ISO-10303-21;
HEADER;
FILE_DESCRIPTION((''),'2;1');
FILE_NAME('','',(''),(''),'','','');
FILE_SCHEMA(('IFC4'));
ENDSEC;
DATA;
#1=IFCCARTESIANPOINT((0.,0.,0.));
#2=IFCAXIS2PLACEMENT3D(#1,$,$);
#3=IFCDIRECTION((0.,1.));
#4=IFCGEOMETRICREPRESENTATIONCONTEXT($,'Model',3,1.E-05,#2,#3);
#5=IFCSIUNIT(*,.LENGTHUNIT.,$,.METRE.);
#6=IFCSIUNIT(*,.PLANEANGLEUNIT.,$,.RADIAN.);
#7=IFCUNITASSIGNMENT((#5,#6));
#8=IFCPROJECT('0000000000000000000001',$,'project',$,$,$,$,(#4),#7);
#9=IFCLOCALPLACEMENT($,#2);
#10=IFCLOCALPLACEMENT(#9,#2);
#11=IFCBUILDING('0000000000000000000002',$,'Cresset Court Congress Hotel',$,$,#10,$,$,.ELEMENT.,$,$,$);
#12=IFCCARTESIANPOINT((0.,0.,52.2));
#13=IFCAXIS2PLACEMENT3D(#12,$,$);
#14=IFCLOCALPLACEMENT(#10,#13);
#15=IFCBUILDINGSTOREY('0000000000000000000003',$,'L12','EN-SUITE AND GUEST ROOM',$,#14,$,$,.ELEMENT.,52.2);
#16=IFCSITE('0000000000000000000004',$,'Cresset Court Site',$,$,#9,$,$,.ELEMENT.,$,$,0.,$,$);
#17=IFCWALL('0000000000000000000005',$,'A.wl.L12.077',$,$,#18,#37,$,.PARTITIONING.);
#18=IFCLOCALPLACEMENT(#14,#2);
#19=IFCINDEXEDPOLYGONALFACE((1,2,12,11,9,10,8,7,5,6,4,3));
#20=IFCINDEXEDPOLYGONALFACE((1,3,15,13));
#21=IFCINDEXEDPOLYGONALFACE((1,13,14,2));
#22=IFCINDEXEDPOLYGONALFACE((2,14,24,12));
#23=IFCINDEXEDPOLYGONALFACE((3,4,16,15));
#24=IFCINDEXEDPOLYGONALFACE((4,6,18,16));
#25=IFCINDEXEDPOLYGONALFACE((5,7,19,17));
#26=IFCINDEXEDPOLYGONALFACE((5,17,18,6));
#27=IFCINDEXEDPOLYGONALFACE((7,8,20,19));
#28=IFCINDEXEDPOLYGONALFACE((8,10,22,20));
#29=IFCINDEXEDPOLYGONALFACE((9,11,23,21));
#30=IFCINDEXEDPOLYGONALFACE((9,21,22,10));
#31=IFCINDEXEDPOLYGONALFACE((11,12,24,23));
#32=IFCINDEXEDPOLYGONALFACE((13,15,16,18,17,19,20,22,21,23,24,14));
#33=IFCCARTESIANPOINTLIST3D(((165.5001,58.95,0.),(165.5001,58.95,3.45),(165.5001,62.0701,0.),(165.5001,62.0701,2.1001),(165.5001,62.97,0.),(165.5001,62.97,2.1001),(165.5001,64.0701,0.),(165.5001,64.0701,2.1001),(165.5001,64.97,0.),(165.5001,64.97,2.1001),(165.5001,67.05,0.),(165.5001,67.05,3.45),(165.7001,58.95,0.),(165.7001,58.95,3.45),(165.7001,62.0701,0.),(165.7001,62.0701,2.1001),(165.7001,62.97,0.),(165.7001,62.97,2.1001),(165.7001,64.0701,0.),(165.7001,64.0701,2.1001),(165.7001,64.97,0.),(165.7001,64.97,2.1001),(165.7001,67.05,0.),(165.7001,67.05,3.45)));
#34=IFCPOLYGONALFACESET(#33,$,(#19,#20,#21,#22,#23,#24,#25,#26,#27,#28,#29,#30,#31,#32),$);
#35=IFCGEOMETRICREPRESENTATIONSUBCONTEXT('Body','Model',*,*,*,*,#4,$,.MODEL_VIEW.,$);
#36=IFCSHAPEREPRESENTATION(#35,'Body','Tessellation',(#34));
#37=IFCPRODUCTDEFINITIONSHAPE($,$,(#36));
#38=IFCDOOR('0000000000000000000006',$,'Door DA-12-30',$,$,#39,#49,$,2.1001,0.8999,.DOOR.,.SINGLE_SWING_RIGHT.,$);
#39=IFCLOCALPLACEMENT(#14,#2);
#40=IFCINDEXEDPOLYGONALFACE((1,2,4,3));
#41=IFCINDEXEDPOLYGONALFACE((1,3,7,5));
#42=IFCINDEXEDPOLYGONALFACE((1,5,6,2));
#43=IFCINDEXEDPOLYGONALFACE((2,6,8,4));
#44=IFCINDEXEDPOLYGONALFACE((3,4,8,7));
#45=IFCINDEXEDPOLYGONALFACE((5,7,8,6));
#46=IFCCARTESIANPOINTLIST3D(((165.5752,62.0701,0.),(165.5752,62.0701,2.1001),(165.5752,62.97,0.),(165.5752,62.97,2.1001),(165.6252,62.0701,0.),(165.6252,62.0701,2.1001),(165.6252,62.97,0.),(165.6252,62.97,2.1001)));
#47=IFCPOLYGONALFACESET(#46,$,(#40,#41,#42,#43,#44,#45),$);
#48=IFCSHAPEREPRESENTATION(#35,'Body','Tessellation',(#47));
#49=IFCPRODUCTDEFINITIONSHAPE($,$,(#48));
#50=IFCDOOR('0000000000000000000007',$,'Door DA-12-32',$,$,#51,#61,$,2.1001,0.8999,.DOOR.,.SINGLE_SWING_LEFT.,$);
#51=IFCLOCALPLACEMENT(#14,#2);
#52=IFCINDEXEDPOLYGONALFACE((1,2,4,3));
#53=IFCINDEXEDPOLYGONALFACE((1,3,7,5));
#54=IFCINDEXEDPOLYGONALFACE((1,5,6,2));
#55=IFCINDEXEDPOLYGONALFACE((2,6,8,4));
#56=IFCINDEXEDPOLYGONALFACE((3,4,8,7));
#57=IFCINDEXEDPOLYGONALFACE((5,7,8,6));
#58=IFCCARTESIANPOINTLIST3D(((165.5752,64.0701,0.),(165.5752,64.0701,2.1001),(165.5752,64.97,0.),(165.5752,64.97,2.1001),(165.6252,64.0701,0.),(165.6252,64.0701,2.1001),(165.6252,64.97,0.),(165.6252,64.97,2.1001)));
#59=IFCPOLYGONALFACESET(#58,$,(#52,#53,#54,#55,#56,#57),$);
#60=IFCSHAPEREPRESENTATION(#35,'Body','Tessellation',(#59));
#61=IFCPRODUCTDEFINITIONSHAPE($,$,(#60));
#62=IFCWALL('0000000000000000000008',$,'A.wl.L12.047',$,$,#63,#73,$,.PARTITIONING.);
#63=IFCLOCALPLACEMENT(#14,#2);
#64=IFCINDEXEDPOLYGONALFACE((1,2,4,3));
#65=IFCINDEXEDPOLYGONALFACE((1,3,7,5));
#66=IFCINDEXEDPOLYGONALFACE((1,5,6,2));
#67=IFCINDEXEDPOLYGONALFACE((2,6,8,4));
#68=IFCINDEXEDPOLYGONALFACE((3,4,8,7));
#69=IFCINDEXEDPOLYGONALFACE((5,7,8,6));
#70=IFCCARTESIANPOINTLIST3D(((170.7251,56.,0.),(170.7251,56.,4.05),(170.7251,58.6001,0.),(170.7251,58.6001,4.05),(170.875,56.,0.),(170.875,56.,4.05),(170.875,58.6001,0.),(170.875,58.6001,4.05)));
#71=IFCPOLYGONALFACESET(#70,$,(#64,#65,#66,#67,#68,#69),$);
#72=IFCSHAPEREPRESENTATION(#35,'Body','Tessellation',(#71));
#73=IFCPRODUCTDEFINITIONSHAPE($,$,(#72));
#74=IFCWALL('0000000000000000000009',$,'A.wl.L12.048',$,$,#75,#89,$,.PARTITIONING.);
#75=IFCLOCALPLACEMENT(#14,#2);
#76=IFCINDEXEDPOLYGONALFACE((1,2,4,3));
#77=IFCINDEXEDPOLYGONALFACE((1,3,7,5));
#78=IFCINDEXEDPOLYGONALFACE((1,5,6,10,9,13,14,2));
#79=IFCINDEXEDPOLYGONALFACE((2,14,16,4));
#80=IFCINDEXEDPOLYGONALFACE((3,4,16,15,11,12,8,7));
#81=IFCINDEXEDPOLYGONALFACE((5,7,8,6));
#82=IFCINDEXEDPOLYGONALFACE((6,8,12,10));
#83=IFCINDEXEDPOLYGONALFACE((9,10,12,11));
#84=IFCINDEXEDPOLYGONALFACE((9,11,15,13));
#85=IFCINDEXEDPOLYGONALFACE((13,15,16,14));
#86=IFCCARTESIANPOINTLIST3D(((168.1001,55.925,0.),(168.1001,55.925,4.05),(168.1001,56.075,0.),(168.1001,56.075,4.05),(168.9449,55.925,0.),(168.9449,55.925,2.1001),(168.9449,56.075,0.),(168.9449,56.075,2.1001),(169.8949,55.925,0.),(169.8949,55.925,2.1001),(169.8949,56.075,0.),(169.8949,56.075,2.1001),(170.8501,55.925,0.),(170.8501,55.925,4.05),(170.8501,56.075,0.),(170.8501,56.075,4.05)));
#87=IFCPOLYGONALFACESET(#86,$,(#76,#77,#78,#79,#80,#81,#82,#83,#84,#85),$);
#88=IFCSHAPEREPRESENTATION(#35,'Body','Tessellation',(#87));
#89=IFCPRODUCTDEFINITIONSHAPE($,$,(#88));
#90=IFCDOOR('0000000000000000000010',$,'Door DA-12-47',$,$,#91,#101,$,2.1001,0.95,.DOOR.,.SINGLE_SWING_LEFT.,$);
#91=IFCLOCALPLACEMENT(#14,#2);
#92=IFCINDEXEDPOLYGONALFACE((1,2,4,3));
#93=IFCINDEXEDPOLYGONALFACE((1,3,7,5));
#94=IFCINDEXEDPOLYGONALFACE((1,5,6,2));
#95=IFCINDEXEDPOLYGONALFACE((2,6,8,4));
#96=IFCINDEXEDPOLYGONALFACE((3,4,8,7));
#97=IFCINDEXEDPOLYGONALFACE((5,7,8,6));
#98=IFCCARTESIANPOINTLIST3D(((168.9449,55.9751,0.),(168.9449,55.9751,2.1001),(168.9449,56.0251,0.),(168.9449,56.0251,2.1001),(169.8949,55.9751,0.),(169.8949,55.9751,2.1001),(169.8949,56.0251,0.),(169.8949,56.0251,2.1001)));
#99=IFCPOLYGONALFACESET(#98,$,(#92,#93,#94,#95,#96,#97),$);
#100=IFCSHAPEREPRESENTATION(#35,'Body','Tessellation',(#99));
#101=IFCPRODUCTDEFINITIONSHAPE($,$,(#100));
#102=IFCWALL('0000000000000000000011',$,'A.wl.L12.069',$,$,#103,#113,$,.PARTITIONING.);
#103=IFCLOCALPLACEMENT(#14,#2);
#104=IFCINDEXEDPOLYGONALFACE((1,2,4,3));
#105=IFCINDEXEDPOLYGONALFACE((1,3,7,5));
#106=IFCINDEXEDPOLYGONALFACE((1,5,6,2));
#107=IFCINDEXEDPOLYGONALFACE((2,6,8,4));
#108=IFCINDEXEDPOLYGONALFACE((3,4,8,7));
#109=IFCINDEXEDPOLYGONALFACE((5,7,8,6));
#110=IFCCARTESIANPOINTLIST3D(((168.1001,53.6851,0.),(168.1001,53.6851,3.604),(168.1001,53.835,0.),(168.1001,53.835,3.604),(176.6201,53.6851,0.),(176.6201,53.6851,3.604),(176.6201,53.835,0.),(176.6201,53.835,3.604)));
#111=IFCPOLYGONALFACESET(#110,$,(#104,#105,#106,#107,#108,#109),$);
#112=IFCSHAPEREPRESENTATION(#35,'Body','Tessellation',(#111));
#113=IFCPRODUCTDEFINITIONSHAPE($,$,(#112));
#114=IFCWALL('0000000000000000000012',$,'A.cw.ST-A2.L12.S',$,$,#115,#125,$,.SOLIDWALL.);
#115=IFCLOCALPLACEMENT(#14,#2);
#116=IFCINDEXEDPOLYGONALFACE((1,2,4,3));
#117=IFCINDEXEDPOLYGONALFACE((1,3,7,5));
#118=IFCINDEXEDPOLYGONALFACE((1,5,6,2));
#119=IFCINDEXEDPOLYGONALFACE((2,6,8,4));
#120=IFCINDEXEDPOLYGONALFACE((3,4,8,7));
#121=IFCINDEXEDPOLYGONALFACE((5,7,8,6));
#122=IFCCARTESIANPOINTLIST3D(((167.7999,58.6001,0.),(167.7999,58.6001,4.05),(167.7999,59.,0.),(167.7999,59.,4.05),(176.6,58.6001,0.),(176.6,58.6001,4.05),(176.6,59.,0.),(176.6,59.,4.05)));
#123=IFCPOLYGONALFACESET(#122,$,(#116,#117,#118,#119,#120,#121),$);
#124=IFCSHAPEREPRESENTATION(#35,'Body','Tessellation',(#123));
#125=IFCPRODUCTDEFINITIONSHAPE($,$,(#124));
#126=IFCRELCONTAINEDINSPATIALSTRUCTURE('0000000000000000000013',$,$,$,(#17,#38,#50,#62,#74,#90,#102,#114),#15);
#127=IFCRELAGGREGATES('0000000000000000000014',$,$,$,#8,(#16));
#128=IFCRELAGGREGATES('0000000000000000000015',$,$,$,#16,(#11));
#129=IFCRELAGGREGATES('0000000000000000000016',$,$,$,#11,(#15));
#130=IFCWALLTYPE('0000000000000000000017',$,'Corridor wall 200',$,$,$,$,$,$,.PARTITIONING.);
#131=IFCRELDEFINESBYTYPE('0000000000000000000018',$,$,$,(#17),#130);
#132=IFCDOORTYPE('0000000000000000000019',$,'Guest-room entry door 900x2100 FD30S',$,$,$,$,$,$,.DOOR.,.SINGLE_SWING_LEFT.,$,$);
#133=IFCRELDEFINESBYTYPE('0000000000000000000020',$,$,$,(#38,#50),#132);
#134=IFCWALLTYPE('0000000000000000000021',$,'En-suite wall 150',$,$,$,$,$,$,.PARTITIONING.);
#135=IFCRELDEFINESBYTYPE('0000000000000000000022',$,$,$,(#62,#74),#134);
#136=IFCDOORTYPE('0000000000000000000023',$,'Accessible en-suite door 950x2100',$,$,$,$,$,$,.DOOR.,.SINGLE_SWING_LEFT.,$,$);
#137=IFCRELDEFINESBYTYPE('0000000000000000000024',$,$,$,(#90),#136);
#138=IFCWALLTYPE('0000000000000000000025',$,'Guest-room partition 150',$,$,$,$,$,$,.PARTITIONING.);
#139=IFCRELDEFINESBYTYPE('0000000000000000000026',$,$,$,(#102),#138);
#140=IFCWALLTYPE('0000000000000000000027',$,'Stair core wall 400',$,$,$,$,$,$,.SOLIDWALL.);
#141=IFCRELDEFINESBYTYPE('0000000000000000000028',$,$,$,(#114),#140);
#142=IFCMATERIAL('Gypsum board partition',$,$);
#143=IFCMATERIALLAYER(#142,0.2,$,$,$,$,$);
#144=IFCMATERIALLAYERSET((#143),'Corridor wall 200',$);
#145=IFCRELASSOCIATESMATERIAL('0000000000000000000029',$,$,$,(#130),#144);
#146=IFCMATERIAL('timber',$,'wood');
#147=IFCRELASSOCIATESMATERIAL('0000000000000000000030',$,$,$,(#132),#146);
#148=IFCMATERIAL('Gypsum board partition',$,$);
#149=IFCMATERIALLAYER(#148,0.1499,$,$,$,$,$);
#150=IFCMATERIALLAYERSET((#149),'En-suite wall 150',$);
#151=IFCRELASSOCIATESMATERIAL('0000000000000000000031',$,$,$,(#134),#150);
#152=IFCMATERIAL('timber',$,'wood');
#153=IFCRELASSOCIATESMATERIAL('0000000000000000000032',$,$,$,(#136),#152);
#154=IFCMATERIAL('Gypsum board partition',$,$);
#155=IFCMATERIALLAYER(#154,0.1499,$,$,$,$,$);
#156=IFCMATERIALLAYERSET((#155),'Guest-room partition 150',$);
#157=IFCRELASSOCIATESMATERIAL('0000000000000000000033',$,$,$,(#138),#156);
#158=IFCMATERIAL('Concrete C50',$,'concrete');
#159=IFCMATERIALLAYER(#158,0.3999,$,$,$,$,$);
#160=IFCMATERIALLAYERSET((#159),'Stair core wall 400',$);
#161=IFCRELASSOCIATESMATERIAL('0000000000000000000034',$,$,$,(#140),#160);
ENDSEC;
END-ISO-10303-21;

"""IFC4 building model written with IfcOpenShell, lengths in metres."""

from ifc_helpers import new_model, si_unit, direction, frame, frame_2d, origin, place, context, subcontext, project, spatial, rectangle, extrude, material, layer, layer_set, type_object, element, fill, save


model = new_model("IFC4")

# Units and contexts
model_context = context("Model", 3, precision=1e-05, world=origin(), true_north=direction((0.0, 1.0)))
body_context = subcontext(model_context, "Body", "Model", "MODEL_VIEW")
ifc_project = project(units=[si_unit("LENGTHUNIT", "METRE"), si_unit("PLANEANGLEUNIT", "RADIAN")], contexts=[model_context])

# Site, building, storey
site_placement = place(None, origin())
site = spatial("IfcSite", under=ifc_project, at=site_placement, Name="Cresset Court Site", CompositionType="ELEMENT", RefElevation=0.0)
building_placement = place(site_placement, origin())
building = spatial("IfcBuilding", under=site, at=building_placement, Name="Cresset Court Congress Hotel", CompositionType="ELEMENT")
storey_placement = place(building_placement, frame((0.0, 0.0, 52.2)))
storey = spatial("IfcBuildingStorey", under=building, at=storey_placement, Name="L12", Description="EN-SUITE AND GUEST ROOM", CompositionType="ELEMENT", Elevation=52.2)

# Wall, openings, doors
ifc_material_1 = material(Name="Gypsum board partition")
ifc_layer_1 = layer(ifc_material_1, 0.2)
ifc_layer_set_1 = layer_set([ifc_layer_1], Name="Corridor wall 200")
wall_type_1 = type_object("IfcWallType", Name="Corridor wall 200", PredefinedType="PARTITIONING", material=ifc_layer_set_1)
wall_1_placement = place(storey_placement, frame((165.6001, 58.95, 0.0), z_axis=(0.0, 0.0, 1.0), x_axis=(0.0, 1.0, 0.0)))
wall_1 = element("IfcWall", 1, at=wall_1_placement, inside=storey, type_object=wall_type_1, Name="A.wl.L12.077", PredefinedType="PARTITIONING", context=body_context, shape_type="SweptSolid", body=[
    extrude(rectangle(XDim=8.1001, YDim=0.2, at=frame_2d((4.05, 0.0))), origin(), (0.0, 0.0, 1.0), 3.45),
])
opening_1_placement = place(wall_1_placement, frame((3.1201, 0.0, 0.0)))
opening_1 = element("IfcOpeningElement", 2, at=opening_1_placement, cuts=wall_1, PredefinedType="OPENING", context=body_context, shape_type="SweptSolid", body=[
    extrude(rectangle(XDim=0.8999, YDim=2.1001, at=frame_2d((0.45, 1.05))), frame((0.0, 0.1099, 0.0), z_axis=(0.0, -1.0, 0.0), x_axis=(1.0, 0.0, 0.0)), (0.0, 0.0, 1.0), 0.22),
])
opening_2_placement = place(wall_1_placement, frame((5.1201, 0.0, 0.0)))
opening_2 = element("IfcOpeningElement", 3, at=opening_2_placement, cuts=wall_1, PredefinedType="OPENING", context=body_context, shape_type="SweptSolid", body=[
    extrude(rectangle(XDim=0.8999, YDim=2.1001, at=frame_2d((0.45, 1.05))), frame((0.0, 0.1099, 0.0), z_axis=(0.0, -1.0, 0.0), x_axis=(1.0, 0.0, 0.0)), (0.0, 0.0, 1.0), 0.22),
])
ifc_material_2 = material(Name="timber", Category="wood")
door_type_1 = type_object("IfcDoorType", Name="Guest-room entry door 900x2100 FD30S", OperationType="SINGLE_SWING_LEFT", PredefinedType="DOOR", material=ifc_material_2)
door_1_placement = place(opening_1_placement, origin())
door_1 = element("IfcDoor", 4, at=door_1_placement, inside=storey, type_object=door_type_1, Name="Door DA-12-30", OperationType="SINGLE_SWING_RIGHT", OverallHeight=2.1001, OverallWidth=0.8999, PredefinedType="DOOR", context=body_context, shape_type="SweptSolid", body=[
    extrude(rectangle(XDim=0.8999, YDim=2.1001, at=frame_2d((0.45, 1.05))), frame((0.0, 0.0249, 0.0), z_axis=(0.0, -1.0, 0.0), x_axis=(1.0, 0.0, 0.0)), (0.0, 0.0, 1.0), 0.05),
])
fill(opening_1, door_1)
door_2_placement = place(opening_2_placement, origin())
door_2 = element("IfcDoor", 5, at=door_2_placement, inside=storey, type_object=door_type_1, Name="Door DA-12-32", OperationType="SINGLE_SWING_LEFT", OverallHeight=2.1001, OverallWidth=0.8999, PredefinedType="DOOR", context=body_context, shape_type="SweptSolid", body=[
    extrude(rectangle(XDim=0.8999, YDim=2.1001, at=frame_2d((0.45, 1.05))), frame((0.0, 0.0249, 0.0), z_axis=(0.0, -1.0, 0.0), x_axis=(1.0, 0.0, 0.0)), (0.0, 0.0, 1.0), 0.05),
])
fill(opening_2, door_2)

# Wall
ifc_material_3 = material(Name="Gypsum board partition")
ifc_layer_2 = layer(ifc_material_3, 0.1499)
ifc_layer_set_2 = layer_set([ifc_layer_2], Name="En-suite wall 150")
wall_type_2 = type_object("IfcWallType", Name="En-suite wall 150", PredefinedType="PARTITIONING", material=ifc_layer_set_2)
wall_2_placement = place(storey_placement, frame((170.8, 56.0, 0.0), z_axis=(0.0, 0.0, 1.0), x_axis=(0.0, 1.0, 0.0)))
element("IfcWall", 6, at=wall_2_placement, inside=storey, type_object=wall_type_2, Name="A.wl.L12.047", PredefinedType="PARTITIONING", context=body_context, shape_type="SweptSolid", body=[
    extrude(rectangle(XDim=2.6001, YDim=0.1499, at=frame_2d((1.3, 0.0))), origin(), (0.0, 0.0, 1.0), 4.05),
])

# Wall, opening, door
wall_3_placement = place(storey_placement, frame((170.8501, 56.0, 0.0), z_axis=(0.0, 0.0, 1.0), x_axis=(-1.0, 0.0, 0.0)))
wall_3 = element("IfcWall", 7, at=wall_3_placement, inside=storey, type_object=wall_type_2, Name="A.wl.L12.048", PredefinedType="PARTITIONING", context=body_context, shape_type="SweptSolid", body=[
    extrude(rectangle(XDim=2.75, YDim=0.1499, at=frame_2d((1.375, 0.0))), origin(), (0.0, 0.0, 1.0), 4.05),
])
opening_3_placement = place(wall_3_placement, frame((0.9551, 0.0, 0.0)))
opening_3 = element("IfcOpeningElement", 8, at=opening_3_placement, cuts=wall_3, PredefinedType="OPENING", context=body_context, shape_type="SweptSolid", body=[
    extrude(rectangle(XDim=0.95, YDim=2.1001, at=frame_2d((0.4751, 1.05))), frame((0.0, 0.085, 0.0), z_axis=(0.0, -1.0, 0.0), x_axis=(1.0, 0.0, 0.0)), (0.0, 0.0, 1.0), 0.1699),
])
ifc_material_4 = material(Name="timber", Category="wood")
door_type_2 = type_object("IfcDoorType", Name="Accessible en-suite door 950x2100", OperationType="SINGLE_SWING_LEFT", PredefinedType="DOOR", material=ifc_material_4)
door_3_placement = place(opening_3_placement, origin())
door_3 = element("IfcDoor", 9, at=door_3_placement, inside=storey, type_object=door_type_2, Name="Door DA-12-47", OperationType="SINGLE_SWING_LEFT", OverallHeight=2.1001, OverallWidth=0.95, PredefinedType="DOOR", context=body_context, shape_type="SweptSolid", body=[
    extrude(rectangle(XDim=0.95, YDim=2.1001, at=frame_2d((0.4751, 1.05))), frame((0.0, 0.0249, 0.0), z_axis=(0.0, -1.0, 0.0), x_axis=(1.0, 0.0, 0.0)), (0.0, 0.0, 1.0), 0.05),
])
fill(opening_3, door_3)

# Walls
ifc_material_5 = material(Name="Gypsum board partition")
ifc_layer_3 = layer(ifc_material_5, 0.1499)
ifc_layer_set_3 = layer_set([ifc_layer_3], Name="Guest-room partition 150")
wall_type_3 = type_object("IfcWallType", Name="Guest-room partition 150", PredefinedType="PARTITIONING", material=ifc_layer_set_3)
wall_4_placement = place(storey_placement, frame((168.1001, 53.76, 0.0), z_axis=(0.0, 0.0, 1.0), x_axis=(1.0, 0.0, 0.0)))
element("IfcWall", 10, at=wall_4_placement, inside=storey, type_object=wall_type_3, Name="A.wl.L12.069", PredefinedType="PARTITIONING", context=body_context, shape_type="SweptSolid", body=[
    extrude(rectangle(XDim=8.52, YDim=0.1499, at=frame_2d((4.26, 0.0))), origin(), (0.0, 0.0, 1.0), 3.604),
])
ifc_material_6 = material(Name="Concrete C50", Category="concrete")
ifc_layer_4 = layer(ifc_material_6, 0.3999)
ifc_layer_set_4 = layer_set([ifc_layer_4], Name="Stair core wall 400")
wall_type_4 = type_object("IfcWallType", Name="Stair core wall 400", PredefinedType="SOLIDWALL", material=ifc_layer_set_4)
wall_5_placement = place(storey_placement, frame((167.8, 58.8, 0.0), z_axis=(0.0, 0.0, 1.0), x_axis=(1.0, 0.0, 0.0)))
element("IfcWall", 11, at=wall_5_placement, inside=storey, type_object=wall_type_4, Name="A.cw.ST-A2.L12.S", PredefinedType="SOLIDWALL", context=body_context, shape_type="SweptSolid", body=[
    extrude(rectangle(XDim=8.8, YDim=0.3999, at=frame_2d((4.3999, 0.0))), origin(), (0.0, 0.0, 1.0), 4.05),
])

save(model, "model.ifc")
